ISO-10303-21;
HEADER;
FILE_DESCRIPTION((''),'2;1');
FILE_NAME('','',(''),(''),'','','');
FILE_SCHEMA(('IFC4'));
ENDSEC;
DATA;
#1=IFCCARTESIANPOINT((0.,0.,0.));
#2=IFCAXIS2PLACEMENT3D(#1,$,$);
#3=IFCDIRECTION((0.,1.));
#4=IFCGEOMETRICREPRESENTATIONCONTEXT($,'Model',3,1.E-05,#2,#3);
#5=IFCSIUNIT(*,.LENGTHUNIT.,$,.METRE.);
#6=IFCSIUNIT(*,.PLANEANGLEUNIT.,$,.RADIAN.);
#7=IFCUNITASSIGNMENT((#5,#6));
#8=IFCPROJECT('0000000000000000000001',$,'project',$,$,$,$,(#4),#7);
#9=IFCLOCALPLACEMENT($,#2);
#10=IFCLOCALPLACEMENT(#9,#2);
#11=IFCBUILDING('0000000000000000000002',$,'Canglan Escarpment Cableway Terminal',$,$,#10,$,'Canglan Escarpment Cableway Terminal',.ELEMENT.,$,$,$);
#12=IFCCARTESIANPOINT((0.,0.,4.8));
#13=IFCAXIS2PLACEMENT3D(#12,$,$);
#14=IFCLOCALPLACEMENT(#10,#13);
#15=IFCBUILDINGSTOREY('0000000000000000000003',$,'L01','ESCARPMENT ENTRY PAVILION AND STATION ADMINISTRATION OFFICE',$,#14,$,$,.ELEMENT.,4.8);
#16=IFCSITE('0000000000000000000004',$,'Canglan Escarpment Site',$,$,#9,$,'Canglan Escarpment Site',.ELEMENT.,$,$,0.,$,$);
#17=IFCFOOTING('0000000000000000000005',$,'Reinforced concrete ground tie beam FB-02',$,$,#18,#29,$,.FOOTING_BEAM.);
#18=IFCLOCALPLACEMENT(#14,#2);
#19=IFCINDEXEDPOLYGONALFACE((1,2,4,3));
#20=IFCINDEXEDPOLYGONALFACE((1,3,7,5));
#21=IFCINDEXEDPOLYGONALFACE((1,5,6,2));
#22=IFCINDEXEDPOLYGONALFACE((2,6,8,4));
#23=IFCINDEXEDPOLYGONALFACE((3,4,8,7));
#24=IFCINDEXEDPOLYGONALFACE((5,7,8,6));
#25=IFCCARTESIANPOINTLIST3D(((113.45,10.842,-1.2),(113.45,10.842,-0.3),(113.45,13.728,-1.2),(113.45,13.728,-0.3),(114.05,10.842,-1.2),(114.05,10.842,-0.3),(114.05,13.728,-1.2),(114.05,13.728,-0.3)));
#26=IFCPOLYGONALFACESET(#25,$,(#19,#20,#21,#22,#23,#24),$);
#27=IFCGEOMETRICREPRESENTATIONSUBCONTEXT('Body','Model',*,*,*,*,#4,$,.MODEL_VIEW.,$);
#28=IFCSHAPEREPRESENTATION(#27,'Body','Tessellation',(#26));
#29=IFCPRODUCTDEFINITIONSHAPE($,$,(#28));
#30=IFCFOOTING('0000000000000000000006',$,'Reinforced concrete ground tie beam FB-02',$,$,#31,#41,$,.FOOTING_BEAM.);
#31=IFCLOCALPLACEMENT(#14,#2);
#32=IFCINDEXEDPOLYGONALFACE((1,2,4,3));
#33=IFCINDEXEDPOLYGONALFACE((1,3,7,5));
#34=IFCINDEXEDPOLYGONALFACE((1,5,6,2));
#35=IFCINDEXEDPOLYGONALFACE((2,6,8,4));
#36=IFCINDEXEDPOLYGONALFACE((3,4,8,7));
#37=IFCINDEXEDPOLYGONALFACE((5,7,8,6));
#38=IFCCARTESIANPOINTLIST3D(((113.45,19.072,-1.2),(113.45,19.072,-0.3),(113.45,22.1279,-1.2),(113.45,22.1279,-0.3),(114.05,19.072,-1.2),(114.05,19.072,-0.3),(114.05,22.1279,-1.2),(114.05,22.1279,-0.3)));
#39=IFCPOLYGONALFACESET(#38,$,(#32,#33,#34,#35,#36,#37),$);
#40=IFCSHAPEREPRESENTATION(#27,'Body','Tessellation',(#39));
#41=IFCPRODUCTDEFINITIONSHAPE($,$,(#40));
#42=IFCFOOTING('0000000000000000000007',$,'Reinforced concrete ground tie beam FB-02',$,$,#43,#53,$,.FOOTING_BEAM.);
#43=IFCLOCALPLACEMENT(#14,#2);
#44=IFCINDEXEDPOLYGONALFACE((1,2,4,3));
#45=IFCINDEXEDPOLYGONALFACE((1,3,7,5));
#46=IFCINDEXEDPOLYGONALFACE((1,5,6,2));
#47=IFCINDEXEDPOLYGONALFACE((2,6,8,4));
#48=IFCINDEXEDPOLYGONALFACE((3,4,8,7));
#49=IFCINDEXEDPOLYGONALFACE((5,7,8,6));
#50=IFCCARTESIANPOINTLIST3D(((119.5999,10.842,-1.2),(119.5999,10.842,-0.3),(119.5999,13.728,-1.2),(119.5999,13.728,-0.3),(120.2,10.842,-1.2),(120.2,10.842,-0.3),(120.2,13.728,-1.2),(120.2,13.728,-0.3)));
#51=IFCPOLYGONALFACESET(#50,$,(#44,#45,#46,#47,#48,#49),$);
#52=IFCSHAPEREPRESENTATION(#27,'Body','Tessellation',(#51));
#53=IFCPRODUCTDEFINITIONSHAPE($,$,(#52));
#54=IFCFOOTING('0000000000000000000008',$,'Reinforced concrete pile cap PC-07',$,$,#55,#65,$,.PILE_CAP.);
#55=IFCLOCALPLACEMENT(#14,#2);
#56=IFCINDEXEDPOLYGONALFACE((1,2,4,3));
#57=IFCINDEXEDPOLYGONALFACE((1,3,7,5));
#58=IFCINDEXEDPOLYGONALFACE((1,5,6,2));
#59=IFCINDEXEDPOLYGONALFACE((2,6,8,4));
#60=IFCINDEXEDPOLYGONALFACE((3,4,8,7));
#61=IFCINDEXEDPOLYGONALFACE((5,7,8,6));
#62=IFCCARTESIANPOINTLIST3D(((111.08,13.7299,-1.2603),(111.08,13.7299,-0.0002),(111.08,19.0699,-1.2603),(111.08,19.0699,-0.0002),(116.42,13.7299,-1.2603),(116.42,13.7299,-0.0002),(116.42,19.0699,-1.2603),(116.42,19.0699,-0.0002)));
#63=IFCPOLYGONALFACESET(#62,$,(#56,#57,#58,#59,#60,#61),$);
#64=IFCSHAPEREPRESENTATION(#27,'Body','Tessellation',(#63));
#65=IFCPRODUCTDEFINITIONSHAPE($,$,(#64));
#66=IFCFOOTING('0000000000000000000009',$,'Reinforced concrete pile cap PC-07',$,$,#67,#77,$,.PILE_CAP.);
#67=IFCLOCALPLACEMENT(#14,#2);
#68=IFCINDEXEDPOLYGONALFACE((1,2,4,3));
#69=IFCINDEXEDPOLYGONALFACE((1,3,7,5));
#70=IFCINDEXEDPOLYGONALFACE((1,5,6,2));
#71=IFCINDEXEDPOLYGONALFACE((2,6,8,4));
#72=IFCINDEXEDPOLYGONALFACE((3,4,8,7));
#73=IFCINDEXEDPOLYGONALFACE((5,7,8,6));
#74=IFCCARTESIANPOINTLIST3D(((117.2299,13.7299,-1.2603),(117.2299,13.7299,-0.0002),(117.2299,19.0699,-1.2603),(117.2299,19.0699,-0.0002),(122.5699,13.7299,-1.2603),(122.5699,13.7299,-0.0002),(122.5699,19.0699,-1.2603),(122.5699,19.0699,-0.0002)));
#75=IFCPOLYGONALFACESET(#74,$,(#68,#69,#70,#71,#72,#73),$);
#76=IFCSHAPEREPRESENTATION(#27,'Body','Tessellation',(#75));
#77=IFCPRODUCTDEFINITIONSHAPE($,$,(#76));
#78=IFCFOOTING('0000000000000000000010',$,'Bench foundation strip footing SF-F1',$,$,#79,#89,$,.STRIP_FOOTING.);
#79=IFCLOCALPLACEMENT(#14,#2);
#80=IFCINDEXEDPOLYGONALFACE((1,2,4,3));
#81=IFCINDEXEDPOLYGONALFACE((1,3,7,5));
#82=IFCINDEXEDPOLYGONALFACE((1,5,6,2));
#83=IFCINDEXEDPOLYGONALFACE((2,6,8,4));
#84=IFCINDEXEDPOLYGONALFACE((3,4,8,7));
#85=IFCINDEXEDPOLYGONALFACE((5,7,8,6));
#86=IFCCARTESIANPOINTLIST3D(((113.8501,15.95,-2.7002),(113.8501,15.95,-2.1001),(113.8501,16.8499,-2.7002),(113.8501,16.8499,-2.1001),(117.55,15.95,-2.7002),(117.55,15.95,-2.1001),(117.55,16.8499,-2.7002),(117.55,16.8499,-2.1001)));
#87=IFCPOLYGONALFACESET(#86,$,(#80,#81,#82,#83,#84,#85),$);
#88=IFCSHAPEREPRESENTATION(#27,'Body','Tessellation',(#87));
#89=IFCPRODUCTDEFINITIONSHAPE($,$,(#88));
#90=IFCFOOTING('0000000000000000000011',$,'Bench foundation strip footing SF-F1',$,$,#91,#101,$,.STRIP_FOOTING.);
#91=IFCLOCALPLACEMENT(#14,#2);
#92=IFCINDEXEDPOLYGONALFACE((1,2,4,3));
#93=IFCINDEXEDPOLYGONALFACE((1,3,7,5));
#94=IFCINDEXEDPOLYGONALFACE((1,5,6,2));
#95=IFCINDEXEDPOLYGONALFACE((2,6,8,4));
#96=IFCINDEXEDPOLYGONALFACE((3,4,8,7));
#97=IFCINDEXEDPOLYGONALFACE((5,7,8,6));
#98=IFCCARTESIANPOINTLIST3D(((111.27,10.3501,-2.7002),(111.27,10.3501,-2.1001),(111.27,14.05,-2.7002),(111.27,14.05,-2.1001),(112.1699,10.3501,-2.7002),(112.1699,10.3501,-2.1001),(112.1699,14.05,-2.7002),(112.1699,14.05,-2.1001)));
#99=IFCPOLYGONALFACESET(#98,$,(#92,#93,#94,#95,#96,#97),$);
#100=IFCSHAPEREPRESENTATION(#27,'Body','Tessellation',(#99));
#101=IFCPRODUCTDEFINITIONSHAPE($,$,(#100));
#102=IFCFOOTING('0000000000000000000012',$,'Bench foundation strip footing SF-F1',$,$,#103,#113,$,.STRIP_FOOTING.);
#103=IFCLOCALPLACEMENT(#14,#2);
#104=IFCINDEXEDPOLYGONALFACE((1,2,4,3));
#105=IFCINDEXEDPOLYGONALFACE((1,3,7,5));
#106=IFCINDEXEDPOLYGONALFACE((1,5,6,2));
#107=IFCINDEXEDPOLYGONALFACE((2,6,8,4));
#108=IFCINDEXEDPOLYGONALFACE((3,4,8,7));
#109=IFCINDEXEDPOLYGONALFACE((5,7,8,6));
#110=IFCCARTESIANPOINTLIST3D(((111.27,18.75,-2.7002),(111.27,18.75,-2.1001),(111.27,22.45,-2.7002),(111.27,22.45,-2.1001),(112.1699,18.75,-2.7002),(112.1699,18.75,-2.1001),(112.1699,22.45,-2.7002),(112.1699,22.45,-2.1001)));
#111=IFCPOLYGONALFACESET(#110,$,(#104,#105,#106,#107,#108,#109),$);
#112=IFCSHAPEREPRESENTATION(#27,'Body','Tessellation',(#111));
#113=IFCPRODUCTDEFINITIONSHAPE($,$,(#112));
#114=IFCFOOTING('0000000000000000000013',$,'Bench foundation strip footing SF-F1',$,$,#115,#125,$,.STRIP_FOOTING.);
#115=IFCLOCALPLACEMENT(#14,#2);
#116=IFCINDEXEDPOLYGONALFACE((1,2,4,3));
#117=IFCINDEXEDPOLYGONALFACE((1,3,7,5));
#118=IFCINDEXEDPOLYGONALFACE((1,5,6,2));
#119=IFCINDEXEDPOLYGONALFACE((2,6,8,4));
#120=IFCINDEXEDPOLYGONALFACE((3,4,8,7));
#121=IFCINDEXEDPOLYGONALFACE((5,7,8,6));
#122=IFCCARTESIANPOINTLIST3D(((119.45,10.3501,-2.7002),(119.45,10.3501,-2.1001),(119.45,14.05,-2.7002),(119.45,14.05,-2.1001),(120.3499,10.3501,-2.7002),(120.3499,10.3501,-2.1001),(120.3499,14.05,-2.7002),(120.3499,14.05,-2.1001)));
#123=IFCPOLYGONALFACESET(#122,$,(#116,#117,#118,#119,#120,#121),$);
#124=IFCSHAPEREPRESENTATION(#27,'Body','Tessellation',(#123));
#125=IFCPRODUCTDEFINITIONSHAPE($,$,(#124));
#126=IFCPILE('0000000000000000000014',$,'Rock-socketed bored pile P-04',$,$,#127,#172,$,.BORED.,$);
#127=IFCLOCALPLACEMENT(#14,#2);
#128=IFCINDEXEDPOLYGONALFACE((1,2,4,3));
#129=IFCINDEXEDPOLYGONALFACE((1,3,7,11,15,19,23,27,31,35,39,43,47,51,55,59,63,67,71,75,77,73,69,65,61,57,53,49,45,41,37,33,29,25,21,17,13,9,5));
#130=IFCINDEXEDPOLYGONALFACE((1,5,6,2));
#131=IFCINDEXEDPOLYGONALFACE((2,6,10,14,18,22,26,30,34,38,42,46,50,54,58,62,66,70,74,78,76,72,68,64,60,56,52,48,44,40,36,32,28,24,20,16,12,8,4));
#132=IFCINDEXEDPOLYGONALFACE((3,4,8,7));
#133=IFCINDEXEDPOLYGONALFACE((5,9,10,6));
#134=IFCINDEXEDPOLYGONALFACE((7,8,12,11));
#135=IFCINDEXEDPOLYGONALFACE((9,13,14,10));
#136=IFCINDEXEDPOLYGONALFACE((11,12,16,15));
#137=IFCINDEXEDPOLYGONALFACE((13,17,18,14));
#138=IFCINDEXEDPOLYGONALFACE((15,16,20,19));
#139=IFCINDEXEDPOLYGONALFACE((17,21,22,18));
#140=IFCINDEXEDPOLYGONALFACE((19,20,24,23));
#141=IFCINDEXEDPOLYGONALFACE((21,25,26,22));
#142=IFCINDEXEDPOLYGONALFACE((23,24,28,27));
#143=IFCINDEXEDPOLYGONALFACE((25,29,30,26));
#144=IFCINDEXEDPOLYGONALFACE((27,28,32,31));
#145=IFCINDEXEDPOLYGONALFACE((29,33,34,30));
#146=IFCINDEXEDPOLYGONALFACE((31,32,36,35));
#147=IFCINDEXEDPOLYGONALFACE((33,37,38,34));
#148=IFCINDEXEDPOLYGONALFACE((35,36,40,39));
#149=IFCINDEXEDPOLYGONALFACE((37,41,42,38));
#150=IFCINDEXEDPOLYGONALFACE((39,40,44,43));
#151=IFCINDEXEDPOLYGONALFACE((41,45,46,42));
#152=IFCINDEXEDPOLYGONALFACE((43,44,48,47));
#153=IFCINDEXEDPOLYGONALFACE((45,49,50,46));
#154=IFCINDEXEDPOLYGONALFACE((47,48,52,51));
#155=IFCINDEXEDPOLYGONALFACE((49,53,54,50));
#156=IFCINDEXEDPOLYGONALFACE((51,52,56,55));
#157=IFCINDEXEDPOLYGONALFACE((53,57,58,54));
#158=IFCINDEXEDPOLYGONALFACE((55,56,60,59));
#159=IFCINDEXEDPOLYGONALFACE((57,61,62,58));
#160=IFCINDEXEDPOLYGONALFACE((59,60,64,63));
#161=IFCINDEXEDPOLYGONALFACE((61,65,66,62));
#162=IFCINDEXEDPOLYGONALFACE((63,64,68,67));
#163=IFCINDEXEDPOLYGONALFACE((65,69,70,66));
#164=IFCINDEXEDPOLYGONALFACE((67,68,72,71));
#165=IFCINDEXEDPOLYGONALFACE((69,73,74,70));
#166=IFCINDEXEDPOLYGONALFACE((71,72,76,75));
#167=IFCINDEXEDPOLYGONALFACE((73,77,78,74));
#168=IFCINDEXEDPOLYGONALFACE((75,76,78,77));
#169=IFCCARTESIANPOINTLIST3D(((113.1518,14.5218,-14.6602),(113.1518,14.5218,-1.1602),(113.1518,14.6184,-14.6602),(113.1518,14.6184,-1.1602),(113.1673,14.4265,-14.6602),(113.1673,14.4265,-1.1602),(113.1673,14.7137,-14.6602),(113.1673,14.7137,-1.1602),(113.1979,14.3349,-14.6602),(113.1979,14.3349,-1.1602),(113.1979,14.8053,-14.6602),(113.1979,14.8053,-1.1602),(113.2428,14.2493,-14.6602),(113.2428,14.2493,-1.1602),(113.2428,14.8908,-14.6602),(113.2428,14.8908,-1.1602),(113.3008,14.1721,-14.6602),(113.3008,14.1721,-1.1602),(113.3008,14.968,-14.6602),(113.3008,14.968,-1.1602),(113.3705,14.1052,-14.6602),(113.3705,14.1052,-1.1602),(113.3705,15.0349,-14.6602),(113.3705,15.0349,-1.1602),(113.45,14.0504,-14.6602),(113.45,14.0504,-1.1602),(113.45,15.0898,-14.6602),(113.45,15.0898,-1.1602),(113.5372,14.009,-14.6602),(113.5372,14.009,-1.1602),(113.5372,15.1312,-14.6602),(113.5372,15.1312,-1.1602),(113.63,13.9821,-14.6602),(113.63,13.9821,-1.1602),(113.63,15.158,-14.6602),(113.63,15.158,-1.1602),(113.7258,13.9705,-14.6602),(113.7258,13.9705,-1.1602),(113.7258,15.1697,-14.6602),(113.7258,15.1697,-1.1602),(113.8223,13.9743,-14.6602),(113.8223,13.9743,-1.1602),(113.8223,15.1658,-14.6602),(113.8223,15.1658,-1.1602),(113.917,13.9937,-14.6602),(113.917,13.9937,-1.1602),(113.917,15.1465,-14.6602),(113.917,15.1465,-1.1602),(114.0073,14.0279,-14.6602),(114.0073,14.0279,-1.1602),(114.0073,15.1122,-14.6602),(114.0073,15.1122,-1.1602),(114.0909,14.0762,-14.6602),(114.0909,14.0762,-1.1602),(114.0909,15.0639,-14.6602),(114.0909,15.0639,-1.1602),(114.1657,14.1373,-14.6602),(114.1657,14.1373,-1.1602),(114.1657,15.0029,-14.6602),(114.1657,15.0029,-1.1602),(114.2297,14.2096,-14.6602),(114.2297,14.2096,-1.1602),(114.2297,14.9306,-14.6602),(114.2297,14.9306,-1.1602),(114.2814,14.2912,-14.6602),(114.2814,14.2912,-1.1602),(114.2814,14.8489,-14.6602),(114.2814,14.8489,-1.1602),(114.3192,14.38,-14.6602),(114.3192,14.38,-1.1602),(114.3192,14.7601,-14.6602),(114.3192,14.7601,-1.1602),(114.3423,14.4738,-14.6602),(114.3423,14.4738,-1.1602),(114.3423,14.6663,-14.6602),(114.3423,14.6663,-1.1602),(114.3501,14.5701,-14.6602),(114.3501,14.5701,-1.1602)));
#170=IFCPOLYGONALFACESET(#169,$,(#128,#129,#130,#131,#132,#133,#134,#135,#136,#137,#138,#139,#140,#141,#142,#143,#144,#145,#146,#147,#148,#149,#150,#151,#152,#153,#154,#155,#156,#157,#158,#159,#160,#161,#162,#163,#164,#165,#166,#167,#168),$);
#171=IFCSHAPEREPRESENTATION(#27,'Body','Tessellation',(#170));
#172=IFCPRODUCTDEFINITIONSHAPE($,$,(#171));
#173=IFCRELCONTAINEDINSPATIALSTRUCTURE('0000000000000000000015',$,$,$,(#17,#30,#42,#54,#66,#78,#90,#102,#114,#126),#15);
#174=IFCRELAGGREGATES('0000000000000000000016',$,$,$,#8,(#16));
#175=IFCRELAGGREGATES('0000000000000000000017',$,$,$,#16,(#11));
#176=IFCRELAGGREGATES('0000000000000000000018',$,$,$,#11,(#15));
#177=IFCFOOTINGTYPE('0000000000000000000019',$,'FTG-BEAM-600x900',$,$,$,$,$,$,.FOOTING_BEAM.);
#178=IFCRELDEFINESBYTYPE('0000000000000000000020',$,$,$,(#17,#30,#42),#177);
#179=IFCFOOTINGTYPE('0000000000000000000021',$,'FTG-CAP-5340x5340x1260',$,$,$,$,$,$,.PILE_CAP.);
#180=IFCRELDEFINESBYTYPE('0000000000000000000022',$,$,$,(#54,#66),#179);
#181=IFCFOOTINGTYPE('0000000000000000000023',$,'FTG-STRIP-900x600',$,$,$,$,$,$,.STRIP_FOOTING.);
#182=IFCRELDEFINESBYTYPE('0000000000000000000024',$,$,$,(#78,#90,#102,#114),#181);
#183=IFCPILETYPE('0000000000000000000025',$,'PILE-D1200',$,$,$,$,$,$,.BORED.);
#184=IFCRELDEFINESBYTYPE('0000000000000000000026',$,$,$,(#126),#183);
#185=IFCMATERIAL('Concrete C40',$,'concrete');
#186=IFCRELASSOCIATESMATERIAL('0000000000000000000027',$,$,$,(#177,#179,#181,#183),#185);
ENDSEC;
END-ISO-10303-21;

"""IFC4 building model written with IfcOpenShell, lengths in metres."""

from ifc_helpers import new_model, si_unit, direction, frame, origin, origin_2d, place, context, subcontext, project, spatial, rectangle, circle, extrude, material, material_profile, profile_set, type_object, element, save


model = new_model("IFC4")

# Units and contexts
model_context = context("Model", 3, precision=1e-05, world=origin(), true_north=direction((0.0, 1.0)))
body_context = subcontext(model_context, "Body", "Model", "MODEL_VIEW")
ifc_project = project(units=[si_unit("LENGTHUNIT", "METRE"), si_unit("PLANEANGLEUNIT", "RADIAN")], contexts=[model_context])

# Site, building, storey
site_placement = place(None, origin())
site = spatial("IfcSite", under=ifc_project, at=site_placement, Name="Canglan Escarpment Site", LongName="Canglan Escarpment Site", CompositionType="ELEMENT", RefElevation=0.0)
building_placement = place(site_placement, origin())
building = spatial("IfcBuilding", under=site, at=building_placement, Name="Canglan Escarpment Cableway Terminal", LongName="Canglan Escarpment Cableway Terminal", CompositionType="ELEMENT")
storey_placement = place(building_placement, frame((0.0, 0.0, 4.8)))
storey = spatial("IfcBuildingStorey", under=building, at=storey_placement, Name="L01", Description="ESCARPMENT ENTRY PAVILION AND STATION ADMINISTRATION OFFICE", CompositionType="ELEMENT", Elevation=4.8)

# Footings
ifc_material_1 = material(Name="Concrete C40", Category="concrete")
ifc_material_profile_1 = material_profile(ifc_material_1, rectangle(XDim=0.6001, YDim=0.8999, at=origin_2d()), Name="FB 600x900")
ifc_profile_set_1 = profile_set([ifc_material_profile_1], Name="Concrete C40")
footing_type_1 = type_object("IfcFootingType", Name="FTG-BEAM-600x900", PredefinedType="FOOTING_BEAM", material=ifc_profile_set_1)
footing_1_placement = place(storey_placement, frame((113.75, 10.842, -0.75), z_axis=(0.0, 1.0, 0.0), x_axis=(-1.0, 0.0, 0.0)))
element("IfcFooting", 1, at=footing_1_placement, inside=storey, type_object=footing_type_1, Name="Reinforced concrete ground tie beam FB-02", PredefinedType="FOOTING_BEAM", context=body_context, shape_type="SweptSolid", body=[
    extrude(rectangle(XDim=0.6001, YDim=0.8999, at=origin_2d()), origin(), (0.0, 0.0, 1.0), 2.886),
])
footing_2_placement = place(storey_placement, frame((113.75, 19.072, -0.75), z_axis=(0.0, 1.0, 0.0), x_axis=(-1.0, 0.0, 0.0)))
element("IfcFooting", 2, at=footing_2_placement, inside=storey, type_object=footing_type_1, Name="Reinforced concrete ground tie beam FB-02", PredefinedType="FOOTING_BEAM", context=body_context, shape_type="SweptSolid", body=[
    extrude(rectangle(XDim=0.6001, YDim=0.8999, at=origin_2d()), origin(), (0.0, 0.0, 1.0), 3.0559),
])
footing_3_placement = place(storey_placement, frame((119.8999, 10.842, -0.75), z_axis=(0.0, 1.0, 0.0), x_axis=(-1.0, 0.0, 0.0)))
element("IfcFooting", 3, at=footing_3_placement, inside=storey, type_object=footing_type_1, Name="Reinforced concrete ground tie beam FB-02", PredefinedType="FOOTING_BEAM", context=body_context, shape_type="SweptSolid", body=[
    extrude(rectangle(XDim=0.6001, YDim=0.8999, at=origin_2d()), origin(), (0.0, 0.0, 1.0), 2.886),
])
footing_type_2 = type_object("IfcFootingType", Name="FTG-CAP-5340x5340x1260", PredefinedType="PILE_CAP", material=ifc_material_1)
for number, where, z_axis, x_axis, name in (
    (4, (113.75, 16.3999, -1.2603), (0.0, 0.0, 1.0), (1.0, 0.0, 0.0), "Reinforced concrete pile cap PC-07"),
    (5, (119.8999, 16.3999, -1.2603), (0.0, 0.0, 1.0), (1.0, 0.0, 0.0), "Reinforced concrete pile cap PC-07"),
):
    element("IfcFooting", number, at=place(storey_placement, frame(where, z_axis=z_axis, x_axis=x_axis)), inside=storey, type_object=footing_type_2, Name=name, PredefinedType="PILE_CAP", context=body_context, shape_type="SweptSolid", body=[
        extrude(rectangle(XDim=5.3401, YDim=5.3401, at=origin_2d()), origin(), (0.0, 0.0, 1.0), 1.26),
    ])
ifc_material_profile_2 = material_profile(ifc_material_1, rectangle(XDim=0.8999, YDim=0.6001, at=origin_2d()), Name="SF 900x600")
ifc_profile_set_2 = profile_set([ifc_material_profile_2], Name="Concrete C40")
footing_type_3 = type_object("IfcFootingType", Name="FTG-STRIP-900x600", PredefinedType="STRIP_FOOTING", material=ifc_profile_set_2)
for number, where, z_axis, x_axis, name in (
    (6, (113.8501, 16.3999, -2.4001), (1.0, 0.0, 0.0), (0.0, 1.0, 0.0), "Bench foundation strip footing SF-F1"),
    (7, (111.72, 10.3501, -2.4001), (0.0, 1.0, 0.0), (-1.0, 0.0, 0.0), "Bench foundation strip footing SF-F1"),
    (8, (111.72, 18.75, -2.4001), (0.0, 1.0, 0.0), (-1.0, 0.0, 0.0), "Bench foundation strip footing SF-F1"),
    (9, (119.8999, 10.3501, -2.4001), (0.0, 1.0, 0.0), (-1.0, 0.0, 0.0), "Bench foundation strip footing SF-F1"),
):
    element("IfcFooting", number, at=place(storey_placement, frame(where, z_axis=z_axis, x_axis=x_axis)), inside=storey, type_object=footing_type_3, Name=name, PredefinedType="STRIP_FOOTING", context=body_context, shape_type="SweptSolid", body=[
        extrude(rectangle(XDim=0.8999, YDim=0.6001, at=origin_2d()), origin(), (0.0, 0.0, 1.0), 3.7),
    ])

# Pile
ifc_material_profile_3 = material_profile(ifc_material_1, circle(Radius=0.6001, at=origin_2d()), Name="BORED PILE D1200")
ifc_profile_set_3 = profile_set([ifc_material_profile_3], Name="Concrete C40")
pile_type = type_object("IfcPileType", Name="PILE-D1200", PredefinedType="BORED", material=ifc_profile_set_3)
for number, where, z_axis, x_axis, name in (
    (10, (113.75, 14.5701, -1.1602), (0.0, 0.0, -1.0), (1.0, 0.0, 0.0), "Rock-socketed bored pile P-04"),
):
    element("IfcPile", number, at=place(storey_placement, frame(where, z_axis=z_axis, x_axis=x_axis)), inside=storey, type_object=pile_type, Name=name, PredefinedType="BORED", context=body_context, shape_type="SweptSolid", body=[
        extrude(circle(Radius=0.6001, at=origin_2d()), origin(), (0.0, 0.0, 1.0), 13.5),
    ])

save(model, "model.ifc")
